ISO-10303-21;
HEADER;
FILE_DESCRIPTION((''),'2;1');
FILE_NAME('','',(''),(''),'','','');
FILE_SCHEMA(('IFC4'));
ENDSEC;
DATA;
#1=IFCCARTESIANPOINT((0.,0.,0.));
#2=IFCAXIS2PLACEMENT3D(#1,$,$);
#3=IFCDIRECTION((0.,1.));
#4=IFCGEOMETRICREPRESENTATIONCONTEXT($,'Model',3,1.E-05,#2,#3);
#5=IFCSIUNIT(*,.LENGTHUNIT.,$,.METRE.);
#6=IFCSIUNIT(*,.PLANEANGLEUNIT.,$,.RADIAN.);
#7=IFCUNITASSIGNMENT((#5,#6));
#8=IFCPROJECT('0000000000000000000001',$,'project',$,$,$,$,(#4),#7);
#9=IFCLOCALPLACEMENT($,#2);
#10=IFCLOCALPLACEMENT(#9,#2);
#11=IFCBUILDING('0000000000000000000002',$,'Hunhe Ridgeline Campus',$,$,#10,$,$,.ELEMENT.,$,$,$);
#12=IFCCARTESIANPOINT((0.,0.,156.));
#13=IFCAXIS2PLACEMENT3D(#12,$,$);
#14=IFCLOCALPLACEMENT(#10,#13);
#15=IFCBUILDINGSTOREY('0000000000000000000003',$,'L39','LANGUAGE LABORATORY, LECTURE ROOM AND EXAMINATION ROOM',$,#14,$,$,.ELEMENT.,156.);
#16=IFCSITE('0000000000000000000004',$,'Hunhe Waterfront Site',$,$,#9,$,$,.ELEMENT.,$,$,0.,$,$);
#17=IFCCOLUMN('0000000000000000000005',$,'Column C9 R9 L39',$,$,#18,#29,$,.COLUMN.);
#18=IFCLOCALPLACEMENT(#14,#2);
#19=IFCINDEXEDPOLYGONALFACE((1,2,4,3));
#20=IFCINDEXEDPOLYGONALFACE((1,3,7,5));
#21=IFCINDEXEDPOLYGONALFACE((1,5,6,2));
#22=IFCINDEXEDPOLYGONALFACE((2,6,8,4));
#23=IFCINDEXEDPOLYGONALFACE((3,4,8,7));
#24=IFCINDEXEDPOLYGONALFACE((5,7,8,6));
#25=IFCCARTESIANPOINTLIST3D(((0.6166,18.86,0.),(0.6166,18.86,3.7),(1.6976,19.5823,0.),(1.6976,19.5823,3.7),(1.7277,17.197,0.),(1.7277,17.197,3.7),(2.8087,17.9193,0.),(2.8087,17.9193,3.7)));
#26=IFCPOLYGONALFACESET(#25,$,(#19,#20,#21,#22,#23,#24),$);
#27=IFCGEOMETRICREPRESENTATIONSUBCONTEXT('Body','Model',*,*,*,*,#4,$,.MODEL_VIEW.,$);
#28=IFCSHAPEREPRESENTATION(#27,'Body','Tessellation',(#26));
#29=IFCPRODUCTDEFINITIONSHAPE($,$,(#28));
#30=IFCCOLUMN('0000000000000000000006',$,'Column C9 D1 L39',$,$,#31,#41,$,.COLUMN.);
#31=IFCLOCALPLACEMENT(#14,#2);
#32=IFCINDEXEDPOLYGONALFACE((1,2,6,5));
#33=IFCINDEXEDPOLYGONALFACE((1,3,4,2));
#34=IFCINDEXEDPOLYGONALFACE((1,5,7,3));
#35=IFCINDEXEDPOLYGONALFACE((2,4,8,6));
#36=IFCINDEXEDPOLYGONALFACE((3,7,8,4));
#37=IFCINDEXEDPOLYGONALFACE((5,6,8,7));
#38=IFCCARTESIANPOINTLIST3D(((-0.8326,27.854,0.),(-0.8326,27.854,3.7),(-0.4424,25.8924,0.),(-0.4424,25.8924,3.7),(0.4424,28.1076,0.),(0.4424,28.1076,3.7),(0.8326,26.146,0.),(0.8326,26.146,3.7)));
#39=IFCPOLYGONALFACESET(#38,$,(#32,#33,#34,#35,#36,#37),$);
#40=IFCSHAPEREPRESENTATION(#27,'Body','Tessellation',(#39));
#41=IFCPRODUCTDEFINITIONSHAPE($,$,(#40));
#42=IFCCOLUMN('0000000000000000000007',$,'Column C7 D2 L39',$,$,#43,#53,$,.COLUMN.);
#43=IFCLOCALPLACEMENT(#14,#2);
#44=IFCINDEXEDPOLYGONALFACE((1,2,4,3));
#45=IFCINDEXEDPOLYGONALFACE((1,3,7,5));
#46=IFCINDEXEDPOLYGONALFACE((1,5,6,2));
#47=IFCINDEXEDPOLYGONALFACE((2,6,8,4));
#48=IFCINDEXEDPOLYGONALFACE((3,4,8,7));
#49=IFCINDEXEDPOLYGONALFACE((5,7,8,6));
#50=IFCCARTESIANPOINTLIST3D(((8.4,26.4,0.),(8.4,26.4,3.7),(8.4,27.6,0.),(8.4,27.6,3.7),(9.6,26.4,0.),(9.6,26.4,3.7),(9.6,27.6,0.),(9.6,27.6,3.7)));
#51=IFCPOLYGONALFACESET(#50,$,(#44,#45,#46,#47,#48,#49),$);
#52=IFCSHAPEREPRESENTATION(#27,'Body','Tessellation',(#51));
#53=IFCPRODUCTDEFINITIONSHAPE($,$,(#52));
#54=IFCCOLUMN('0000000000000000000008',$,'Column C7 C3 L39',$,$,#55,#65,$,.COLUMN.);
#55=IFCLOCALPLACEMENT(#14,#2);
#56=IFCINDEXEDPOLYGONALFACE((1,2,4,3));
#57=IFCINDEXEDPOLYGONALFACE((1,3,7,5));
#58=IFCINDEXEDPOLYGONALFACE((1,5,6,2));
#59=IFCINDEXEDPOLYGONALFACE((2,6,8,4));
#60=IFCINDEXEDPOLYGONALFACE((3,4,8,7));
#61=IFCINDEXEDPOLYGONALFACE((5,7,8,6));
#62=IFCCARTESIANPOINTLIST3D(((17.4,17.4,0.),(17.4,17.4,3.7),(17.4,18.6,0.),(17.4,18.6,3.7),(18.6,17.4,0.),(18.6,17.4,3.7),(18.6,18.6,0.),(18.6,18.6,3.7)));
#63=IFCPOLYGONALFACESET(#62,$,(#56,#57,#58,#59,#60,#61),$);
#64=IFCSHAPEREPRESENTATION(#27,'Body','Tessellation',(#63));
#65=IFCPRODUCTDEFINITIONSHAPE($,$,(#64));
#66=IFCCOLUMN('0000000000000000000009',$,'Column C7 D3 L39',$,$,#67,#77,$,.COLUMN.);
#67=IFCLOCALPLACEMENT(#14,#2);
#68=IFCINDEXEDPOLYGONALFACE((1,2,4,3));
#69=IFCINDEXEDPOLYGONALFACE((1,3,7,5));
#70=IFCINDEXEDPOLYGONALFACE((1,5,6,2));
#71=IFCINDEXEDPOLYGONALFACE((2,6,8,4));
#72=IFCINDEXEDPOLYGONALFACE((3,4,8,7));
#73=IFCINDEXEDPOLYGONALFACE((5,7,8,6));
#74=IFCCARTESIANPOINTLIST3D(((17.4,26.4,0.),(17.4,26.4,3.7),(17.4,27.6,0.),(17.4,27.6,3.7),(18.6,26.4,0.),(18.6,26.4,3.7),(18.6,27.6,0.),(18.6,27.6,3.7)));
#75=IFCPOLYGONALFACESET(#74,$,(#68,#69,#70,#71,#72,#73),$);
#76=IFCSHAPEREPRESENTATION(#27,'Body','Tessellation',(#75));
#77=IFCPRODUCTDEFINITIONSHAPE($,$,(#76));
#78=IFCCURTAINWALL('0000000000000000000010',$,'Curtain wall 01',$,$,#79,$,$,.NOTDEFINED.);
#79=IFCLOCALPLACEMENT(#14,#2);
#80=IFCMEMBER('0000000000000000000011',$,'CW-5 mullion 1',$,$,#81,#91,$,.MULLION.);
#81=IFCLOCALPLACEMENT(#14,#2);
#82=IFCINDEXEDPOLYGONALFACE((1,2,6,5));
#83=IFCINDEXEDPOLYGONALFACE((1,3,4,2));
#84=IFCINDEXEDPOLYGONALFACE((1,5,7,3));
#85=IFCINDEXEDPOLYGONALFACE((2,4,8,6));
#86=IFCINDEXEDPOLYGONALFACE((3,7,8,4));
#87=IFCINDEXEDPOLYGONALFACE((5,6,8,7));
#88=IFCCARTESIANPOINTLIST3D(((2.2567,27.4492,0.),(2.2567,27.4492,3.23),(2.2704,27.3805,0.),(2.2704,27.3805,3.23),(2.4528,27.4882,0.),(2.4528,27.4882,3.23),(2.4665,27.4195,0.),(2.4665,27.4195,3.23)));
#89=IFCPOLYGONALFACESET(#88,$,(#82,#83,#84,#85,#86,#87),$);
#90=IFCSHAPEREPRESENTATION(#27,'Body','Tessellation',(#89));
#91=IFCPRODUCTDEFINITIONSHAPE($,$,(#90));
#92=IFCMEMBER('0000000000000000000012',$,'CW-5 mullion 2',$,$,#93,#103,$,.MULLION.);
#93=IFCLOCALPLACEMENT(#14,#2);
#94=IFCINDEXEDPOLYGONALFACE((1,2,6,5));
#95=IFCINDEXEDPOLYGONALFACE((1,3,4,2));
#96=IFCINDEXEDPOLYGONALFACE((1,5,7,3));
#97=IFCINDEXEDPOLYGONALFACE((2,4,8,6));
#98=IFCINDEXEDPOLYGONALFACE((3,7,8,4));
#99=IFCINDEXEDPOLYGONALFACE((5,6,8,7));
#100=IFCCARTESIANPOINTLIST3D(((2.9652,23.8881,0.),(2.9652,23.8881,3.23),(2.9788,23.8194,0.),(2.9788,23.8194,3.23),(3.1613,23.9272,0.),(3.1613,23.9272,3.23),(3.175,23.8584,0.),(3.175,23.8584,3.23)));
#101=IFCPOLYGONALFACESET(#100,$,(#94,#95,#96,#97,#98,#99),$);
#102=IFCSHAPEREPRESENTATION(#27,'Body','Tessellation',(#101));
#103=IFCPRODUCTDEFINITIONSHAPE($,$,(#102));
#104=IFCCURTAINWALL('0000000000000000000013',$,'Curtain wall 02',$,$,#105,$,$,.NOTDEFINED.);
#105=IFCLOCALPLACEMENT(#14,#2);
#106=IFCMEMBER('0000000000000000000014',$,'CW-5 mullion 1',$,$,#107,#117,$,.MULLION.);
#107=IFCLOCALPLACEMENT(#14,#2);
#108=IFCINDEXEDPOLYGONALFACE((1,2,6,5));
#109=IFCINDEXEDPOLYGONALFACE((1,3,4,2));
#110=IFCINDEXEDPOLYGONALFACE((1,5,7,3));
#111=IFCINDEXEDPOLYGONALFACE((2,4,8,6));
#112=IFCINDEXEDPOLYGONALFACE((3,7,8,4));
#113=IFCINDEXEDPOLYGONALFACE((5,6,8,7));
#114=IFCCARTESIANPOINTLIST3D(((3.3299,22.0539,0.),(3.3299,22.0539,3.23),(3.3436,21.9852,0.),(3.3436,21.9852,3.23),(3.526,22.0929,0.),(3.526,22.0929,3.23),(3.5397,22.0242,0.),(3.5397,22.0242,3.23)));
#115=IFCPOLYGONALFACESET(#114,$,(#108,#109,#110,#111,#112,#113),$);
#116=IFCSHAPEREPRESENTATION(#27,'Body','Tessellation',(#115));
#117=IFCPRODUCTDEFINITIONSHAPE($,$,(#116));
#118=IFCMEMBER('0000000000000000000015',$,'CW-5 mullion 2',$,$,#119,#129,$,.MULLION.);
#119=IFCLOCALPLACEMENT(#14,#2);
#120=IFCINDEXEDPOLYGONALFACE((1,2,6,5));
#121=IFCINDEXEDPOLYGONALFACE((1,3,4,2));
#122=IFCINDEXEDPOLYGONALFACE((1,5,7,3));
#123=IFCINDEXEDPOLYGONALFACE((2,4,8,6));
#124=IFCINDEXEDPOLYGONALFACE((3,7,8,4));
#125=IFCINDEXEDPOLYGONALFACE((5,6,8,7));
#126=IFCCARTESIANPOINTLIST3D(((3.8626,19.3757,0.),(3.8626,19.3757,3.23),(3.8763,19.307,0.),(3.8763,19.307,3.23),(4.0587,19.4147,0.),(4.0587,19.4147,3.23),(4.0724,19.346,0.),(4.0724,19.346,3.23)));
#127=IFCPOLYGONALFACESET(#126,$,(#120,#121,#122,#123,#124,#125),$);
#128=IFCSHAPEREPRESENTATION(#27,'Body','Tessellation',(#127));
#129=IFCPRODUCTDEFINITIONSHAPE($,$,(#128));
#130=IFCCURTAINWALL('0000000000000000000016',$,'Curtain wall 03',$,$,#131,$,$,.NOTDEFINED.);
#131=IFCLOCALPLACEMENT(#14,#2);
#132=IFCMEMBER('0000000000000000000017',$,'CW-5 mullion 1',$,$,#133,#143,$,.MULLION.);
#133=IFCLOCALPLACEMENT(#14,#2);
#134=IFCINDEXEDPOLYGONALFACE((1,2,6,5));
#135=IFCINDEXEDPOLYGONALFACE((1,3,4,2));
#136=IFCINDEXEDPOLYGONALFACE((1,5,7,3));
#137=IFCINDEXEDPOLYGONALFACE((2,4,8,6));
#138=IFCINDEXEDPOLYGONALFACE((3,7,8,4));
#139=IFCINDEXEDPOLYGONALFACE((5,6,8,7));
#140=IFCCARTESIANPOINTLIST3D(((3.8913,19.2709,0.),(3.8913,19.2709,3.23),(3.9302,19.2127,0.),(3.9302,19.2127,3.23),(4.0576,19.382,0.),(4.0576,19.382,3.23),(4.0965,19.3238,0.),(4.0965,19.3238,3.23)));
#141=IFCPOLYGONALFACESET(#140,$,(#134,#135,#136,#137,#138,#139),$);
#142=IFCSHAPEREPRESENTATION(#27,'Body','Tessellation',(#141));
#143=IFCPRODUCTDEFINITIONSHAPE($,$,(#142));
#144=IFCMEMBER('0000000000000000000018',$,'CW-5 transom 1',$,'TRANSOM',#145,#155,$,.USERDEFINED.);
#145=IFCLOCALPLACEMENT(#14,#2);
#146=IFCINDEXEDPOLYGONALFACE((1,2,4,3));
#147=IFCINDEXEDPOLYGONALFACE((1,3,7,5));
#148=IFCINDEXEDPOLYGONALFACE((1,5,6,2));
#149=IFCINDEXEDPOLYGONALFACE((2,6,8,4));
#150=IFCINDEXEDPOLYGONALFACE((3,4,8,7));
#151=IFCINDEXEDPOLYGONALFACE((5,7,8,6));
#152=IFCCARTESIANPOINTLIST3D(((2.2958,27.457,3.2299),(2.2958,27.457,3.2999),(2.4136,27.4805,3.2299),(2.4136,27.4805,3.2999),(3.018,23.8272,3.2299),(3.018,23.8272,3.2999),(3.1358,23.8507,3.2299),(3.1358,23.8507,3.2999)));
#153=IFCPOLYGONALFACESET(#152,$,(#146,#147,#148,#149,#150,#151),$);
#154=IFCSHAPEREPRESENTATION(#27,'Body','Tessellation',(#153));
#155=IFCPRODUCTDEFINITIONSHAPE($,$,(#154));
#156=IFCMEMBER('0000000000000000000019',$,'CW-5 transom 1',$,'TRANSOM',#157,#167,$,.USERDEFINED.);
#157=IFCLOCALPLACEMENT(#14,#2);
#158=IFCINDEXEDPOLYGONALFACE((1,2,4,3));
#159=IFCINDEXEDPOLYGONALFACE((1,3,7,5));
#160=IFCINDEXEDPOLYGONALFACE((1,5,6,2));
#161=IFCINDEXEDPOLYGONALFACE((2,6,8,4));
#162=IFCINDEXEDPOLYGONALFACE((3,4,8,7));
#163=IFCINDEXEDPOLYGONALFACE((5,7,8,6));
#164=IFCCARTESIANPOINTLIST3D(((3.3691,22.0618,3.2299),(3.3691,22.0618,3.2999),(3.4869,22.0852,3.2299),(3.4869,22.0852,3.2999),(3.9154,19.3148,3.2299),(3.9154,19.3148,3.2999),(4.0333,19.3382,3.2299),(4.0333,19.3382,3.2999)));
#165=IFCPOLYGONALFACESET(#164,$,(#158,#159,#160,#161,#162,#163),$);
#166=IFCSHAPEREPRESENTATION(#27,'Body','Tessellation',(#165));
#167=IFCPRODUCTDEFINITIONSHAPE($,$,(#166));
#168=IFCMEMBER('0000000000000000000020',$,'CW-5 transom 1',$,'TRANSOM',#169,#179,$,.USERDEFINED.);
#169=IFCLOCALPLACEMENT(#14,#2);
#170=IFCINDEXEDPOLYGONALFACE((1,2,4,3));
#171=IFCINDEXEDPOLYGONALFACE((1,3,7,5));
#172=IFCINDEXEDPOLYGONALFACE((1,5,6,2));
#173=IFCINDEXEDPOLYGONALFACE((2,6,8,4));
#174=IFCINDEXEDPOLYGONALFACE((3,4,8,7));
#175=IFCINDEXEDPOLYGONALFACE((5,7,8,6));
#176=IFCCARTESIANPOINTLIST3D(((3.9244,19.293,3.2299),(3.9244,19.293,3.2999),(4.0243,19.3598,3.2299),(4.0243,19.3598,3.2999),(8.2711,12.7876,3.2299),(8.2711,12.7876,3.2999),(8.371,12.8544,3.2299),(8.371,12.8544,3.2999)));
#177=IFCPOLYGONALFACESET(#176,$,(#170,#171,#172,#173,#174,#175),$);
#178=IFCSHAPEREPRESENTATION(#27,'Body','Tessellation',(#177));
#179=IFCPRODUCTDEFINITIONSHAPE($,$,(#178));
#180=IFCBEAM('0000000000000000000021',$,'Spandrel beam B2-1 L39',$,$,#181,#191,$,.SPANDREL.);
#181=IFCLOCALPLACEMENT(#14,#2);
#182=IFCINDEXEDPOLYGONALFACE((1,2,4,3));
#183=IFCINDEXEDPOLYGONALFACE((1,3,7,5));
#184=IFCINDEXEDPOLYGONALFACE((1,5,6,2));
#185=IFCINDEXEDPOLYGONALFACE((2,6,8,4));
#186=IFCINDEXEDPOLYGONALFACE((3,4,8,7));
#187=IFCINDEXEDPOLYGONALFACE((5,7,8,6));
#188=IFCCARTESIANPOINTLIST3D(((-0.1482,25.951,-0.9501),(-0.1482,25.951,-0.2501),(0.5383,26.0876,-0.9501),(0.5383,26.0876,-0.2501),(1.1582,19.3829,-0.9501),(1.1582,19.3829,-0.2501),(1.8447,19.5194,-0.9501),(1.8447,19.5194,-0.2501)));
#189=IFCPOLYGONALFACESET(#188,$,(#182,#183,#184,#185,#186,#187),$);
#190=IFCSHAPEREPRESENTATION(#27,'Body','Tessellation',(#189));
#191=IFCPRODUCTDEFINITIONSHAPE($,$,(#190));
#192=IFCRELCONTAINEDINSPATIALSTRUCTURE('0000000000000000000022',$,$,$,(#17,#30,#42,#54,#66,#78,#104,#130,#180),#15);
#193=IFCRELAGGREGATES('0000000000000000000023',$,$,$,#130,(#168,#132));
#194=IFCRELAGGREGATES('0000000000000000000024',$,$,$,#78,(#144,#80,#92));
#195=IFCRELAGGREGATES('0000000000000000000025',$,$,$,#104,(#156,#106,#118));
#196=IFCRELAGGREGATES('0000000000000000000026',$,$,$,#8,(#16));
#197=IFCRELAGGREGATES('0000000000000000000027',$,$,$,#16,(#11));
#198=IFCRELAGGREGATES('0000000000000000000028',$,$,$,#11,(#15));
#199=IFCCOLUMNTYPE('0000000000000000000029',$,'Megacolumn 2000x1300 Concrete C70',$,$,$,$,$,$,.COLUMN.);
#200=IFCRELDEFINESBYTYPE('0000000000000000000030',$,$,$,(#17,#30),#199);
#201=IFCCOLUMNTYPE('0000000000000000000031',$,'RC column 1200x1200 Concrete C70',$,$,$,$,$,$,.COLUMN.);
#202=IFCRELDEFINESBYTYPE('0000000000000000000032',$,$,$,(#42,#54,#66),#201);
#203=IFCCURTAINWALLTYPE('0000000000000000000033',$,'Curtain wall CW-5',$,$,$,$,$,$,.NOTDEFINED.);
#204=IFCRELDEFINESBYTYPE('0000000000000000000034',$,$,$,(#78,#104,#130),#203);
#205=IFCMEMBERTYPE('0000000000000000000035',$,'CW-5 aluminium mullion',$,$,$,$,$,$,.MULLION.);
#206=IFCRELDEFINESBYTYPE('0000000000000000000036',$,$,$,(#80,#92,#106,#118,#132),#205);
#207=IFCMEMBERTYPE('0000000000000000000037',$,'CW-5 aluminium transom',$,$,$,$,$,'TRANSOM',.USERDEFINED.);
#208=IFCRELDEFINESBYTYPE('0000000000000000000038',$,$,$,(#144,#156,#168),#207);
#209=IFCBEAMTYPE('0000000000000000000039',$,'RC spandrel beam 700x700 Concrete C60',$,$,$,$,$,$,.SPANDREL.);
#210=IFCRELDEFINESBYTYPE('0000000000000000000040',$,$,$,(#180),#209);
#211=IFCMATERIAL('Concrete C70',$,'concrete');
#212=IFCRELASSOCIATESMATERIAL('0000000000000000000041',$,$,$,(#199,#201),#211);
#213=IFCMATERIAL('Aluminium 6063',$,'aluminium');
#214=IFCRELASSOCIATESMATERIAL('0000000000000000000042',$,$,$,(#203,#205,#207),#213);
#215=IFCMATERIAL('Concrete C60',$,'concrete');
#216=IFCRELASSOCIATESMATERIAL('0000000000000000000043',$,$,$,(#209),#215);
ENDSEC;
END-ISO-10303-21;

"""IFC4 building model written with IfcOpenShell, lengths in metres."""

from ifc_helpers import new_model, si_unit, direction, frame, origin, origin_2d, place, context, subcontext, project, spatial, rectangle, extrude, material, material_profile, profile_set, type_object, element, aggregate, save


model = new_model("IFC4")

# Units and contexts
model_context = context("Model", 3, precision=1e-05, world=origin(), true_north=direction((0.0, 1.0)))
body_context = subcontext(model_context, "Body", "Model", "MODEL_VIEW")
ifc_project = project(units=[si_unit("LENGTHUNIT", "METRE"), si_unit("PLANEANGLEUNIT", "RADIAN")], contexts=[model_context])

# Site, building, storey
site_placement = place(None, origin())
site = spatial("IfcSite", under=ifc_project, at=site_placement, Name="Hunhe Waterfront Site", CompositionType="ELEMENT", RefElevation=0.0)
building_placement = place(site_placement, origin())
building = spatial("IfcBuilding", under=site, at=building_placement, Name="Hunhe Ridgeline Campus", CompositionType="ELEMENT")
storey_placement = place(building_placement, frame((0.0, 0.0, 156.0)))
storey = spatial("IfcBuildingStorey", under=building, at=storey_placement, Name="L39", Description="LANGUAGE LABORATORY, LECTURE ROOM AND EXAMINATION ROOM", CompositionType="ELEMENT", Elevation=156.0)

# Columns
ifc_material_1 = material(Name="Concrete C70", Category="concrete")
ifc_material_profile_1 = material_profile(ifc_material_1, rectangle(XDim=2.0, YDim=1.3, at=origin_2d()))
ifc_profile_set_1 = profile_set([ifc_material_profile_1], Name="Concrete C70")
column_type_1 = type_object("IfcColumnType", Name="Megacolumn 2000x1300 Concrete C70", PredefinedType="COLUMN", material=ifc_profile_set_1)
for number, where, z_axis, x_axis, name in (
    (1, (1.7126, 18.3896, 0.0), (0.0, 0.0, 1.0), (-0.55557, 0.83147, 0.0), "Column C9 R9 L39"),
    (2, (0.0, 27.0, 0.0), (0.0, 0.0, 1.0), (-0.19509, 0.980785, 0.0), "Column C9 D1 L39"),
):
    element("IfcColumn", number, at=place(storey_placement, frame(where, z_axis=z_axis, x_axis=x_axis)), inside=storey, type_object=column_type_1, Name=name, PredefinedType="COLUMN", context=body_context, shape_type="SweptSolid", body=[
        extrude(rectangle(XDim=2.0, YDim=1.3, at=origin_2d()), origin(), (0.0, 0.0, 1.0), 3.7),
    ])
ifc_material_profile_2 = material_profile(ifc_material_1, rectangle(XDim=1.2, YDim=1.2, at=origin_2d()))
ifc_profile_set_2 = profile_set([ifc_material_profile_2], Name="Concrete C70")
column_type_2 = type_object("IfcColumnType", Name="RC column 1200x1200 Concrete C70", PredefinedType="COLUMN", material=ifc_profile_set_2)
for number, where, z_axis, x_axis, name in (
    (3, (9.0, 27.0, 0.0), (0.0, 0.0, 1.0), (1.0, 0.0, 0.0), "Column C7 D2 L39"),
    (4, (18.0, 18.0, 0.0), (0.0, 0.0, 1.0), (1.0, 0.0, 0.0), "Column C7 C3 L39"),
    (5, (18.0, 27.0, 0.0), (0.0, 0.0, 1.0), (1.0, 0.0, 0.0), "Column C7 D3 L39"),
):
    element("IfcColumn", number, at=place(storey_placement, frame(where, z_axis=z_axis, x_axis=x_axis)), inside=storey, type_object=column_type_2, Name=name, PredefinedType="COLUMN", context=body_context, shape_type="SweptSolid", body=[
        extrude(rectangle(XDim=1.2, YDim=1.2, at=origin_2d()), origin(), (0.0, 0.0, 1.0), 3.7),
    ])

# Curtain walls, members
ifc_material_2 = material(Name="Aluminium 6063", Category="aluminium")
curtain_wall_type = type_object("IfcCurtainWallType", Name="Curtain wall CW-5", PredefinedType="NOTDEFINED", material=ifc_material_2)
curtain_wall_1_placement = place(storey_placement, origin())
curtain_wall_1 = element("IfcCurtainWall", 6, at=curtain_wall_1_placement, inside=storey, type_object=curtain_wall_type, Name="Curtain wall 01", PredefinedType="NOTDEFINED")
ifc_material_profile_3 = material_profile(ifc_material_2, rectangle(XDim=0.2, YDim=0.0701, at=origin_2d()))
ifc_profile_set_3 = profile_set([ifc_material_profile_3], Name="Aluminium 6063")
member_type_1 = type_object("IfcMemberType", Name="CW-5 aluminium mullion", PredefinedType="MULLION", material=ifc_profile_set_3)
member_1_placement = place(storey_placement, frame((2.3616, 27.4343, 0.0), z_axis=(0.0, 0.0, 1.0), x_axis=(0.980784, 0.195095, 0.0)))
member_1 = element("IfcMember", 7, at=member_1_placement, type_object=member_type_1, Name="CW-5 mullion 1", PredefinedType="MULLION", context=body_context, shape_type="SweptSolid", body=[
    extrude(rectangle(XDim=0.2, YDim=0.0701, at=origin_2d()), origin(), (0.0, 0.0, 1.0), 3.23),
])
member_2_placement = place(storey_placement, frame((3.0701, 23.8733, 0.0), z_axis=(0.0, 0.0, 1.0), x_axis=(0.980784, 0.195095, 0.0)))
member_2 = element("IfcMember", 8, at=member_2_placement, type_object=member_type_1, Name="CW-5 mullion 2", PredefinedType="MULLION", context=body_context, shape_type="SweptSolid", body=[
    extrude(rectangle(XDim=0.2, YDim=0.0701, at=origin_2d()), origin(), (0.0, 0.0, 1.0), 3.23),
])
curtain_wall_2_placement = place(storey_placement, origin())
curtain_wall_2 = element("IfcCurtainWall", 9, at=curtain_wall_2_placement, inside=storey, type_object=curtain_wall_type, Name="Curtain wall 02", PredefinedType="NOTDEFINED")
member_3_placement = place(storey_placement, frame((3.4348, 22.0391, 0.0), z_axis=(0.0, 0.0, 1.0), x_axis=(0.980784, 0.195095, 0.0)))
member_3 = element("IfcMember", 10, at=member_3_placement, type_object=member_type_1, Name="CW-5 mullion 1", PredefinedType="MULLION", context=body_context, shape_type="SweptSolid", body=[
    extrude(rectangle(XDim=0.2, YDim=0.0701, at=origin_2d()), origin(), (0.0, 0.0, 1.0), 3.23),
])
member_4_placement = place(storey_placement, frame((3.9675, 19.3608, 0.0), z_axis=(0.0, 0.0, 1.0), x_axis=(0.980784, 0.195095, 0.0)))
member_4 = element("IfcMember", 11, at=member_4_placement, type_object=member_type_1, Name="CW-5 mullion 2", PredefinedType="MULLION", context=body_context, shape_type="SweptSolid", body=[
    extrude(rectangle(XDim=0.2, YDim=0.0701, at=origin_2d()), origin(), (0.0, 0.0, 1.0), 3.23),
])

# Curtain wall, member
curtain_wall_3_placement = place(storey_placement, origin())
curtain_wall_3 = element("IfcCurtainWall", 12, at=curtain_wall_3_placement, inside=storey, type_object=curtain_wall_type, Name="Curtain wall 03", PredefinedType="NOTDEFINED")
member_5_placement = place(storey_placement, frame((3.9939, 19.2974, 0.0), z_axis=(0.0, 0.0, 1.0), x_axis=(0.83147, 0.55557, 0.0)))
member_5 = element("IfcMember", 13, at=member_5_placement, type_object=member_type_1, Name="CW-5 mullion 1", PredefinedType="MULLION", context=body_context, shape_type="SweptSolid", body=[
    extrude(rectangle(XDim=0.2, YDim=0.0701, at=origin_2d()), origin(), (0.0, 0.0, 1.0), 3.23),
])

# Members
ifc_material_profile_4 = material_profile(ifc_material_2, rectangle(XDim=0.1201, YDim=0.0701, at=origin_2d()))
ifc_profile_set_4 = profile_set([ifc_material_profile_4], Name="Aluminium 6063")
member_type_2 = type_object("IfcMemberType", Name="CW-5 aluminium transom", ElementType="TRANSOM", PredefinedType="USERDEFINED", material=ifc_profile_set_4)
member_6_placement = place(storey_placement, frame((2.3547, 27.4688, 3.2649), z_axis=(0.195127, -0.980778, 0.0), x_axis=(0.980778, 0.195127, 0.0)))
member_6 = element("IfcMember", 14, at=member_6_placement, type_object=member_type_2, Name="CW-5 transom 1", ObjectType="TRANSOM", PredefinedType="USERDEFINED", context=body_context, shape_type="SweptSolid", body=[
    extrude(rectangle(XDim=0.1201, YDim=0.0701, at=origin_2d()), origin(), (0.0, 0.0, 1.0), 3.7009),
])
member_7_placement = place(storey_placement, frame((3.428, 22.0735, 3.2649), z_axis=(0.195077, -0.980788, 0.0), x_axis=(0.980788, 0.195077, 0.0)))
member_7 = element("IfcMember", 15, at=member_7_placement, type_object=member_type_2, Name="CW-5 transom 1", ObjectType="TRANSOM", PredefinedType="USERDEFINED", context=body_context, shape_type="SweptSolid", body=[
    extrude(rectangle(XDim=0.1201, YDim=0.0701, at=origin_2d()), origin(), (0.0, 0.0, 1.0), 2.8008),
])
member_8_placement = place(storey_placement, frame((3.9744, 19.3264, 3.2649), z_axis=(0.555564, -0.831474, 0.0), x_axis=(0.831474, 0.555564, 0.0)))
member_8 = element("IfcMember", 16, at=member_8_placement, type_object=member_type_2, Name="CW-5 transom 1", ObjectType="TRANSOM", PredefinedType="USERDEFINED", context=body_context, shape_type="SweptSolid", body=[
    extrude(rectangle(XDim=0.1201, YDim=0.0701, at=origin_2d()), origin(), (0.0, 0.0, 1.0), 7.824),
])
aggregate(curtain_wall_3, [member_8, member_5])

# Beam
ifc_material_3 = material(Name="Concrete C60", Category="concrete")
ifc_material_profile_5 = material_profile(ifc_material_3, rectangle(XDim=0.7, YDim=0.7, at=origin_2d()))
ifc_profile_set_5 = profile_set([ifc_material_profile_5], Name="Concrete C60")
beam_type = type_object("IfcBeamType", Name="RC spandrel beam 700x700 Concrete C60", PredefinedType="SPANDREL", material=ifc_profile_set_5)
beam_placement = place(storey_placement, frame((0.1951, 26.0193, -0.6001), z_axis=(0.195078, -0.980788, 0.0), x_axis=(0.980788, 0.195078, 0.0)))
element("IfcBeam", 17, at=beam_placement, inside=storey, type_object=beam_type, Name="Spandrel beam B2-1 L39", PredefinedType="SPANDREL", context=body_context, shape_type="SweptSolid", body=[
    extrude(rectangle(XDim=0.7, YDim=0.7, at=origin_2d()), origin(), (0.0, 0.0, 1.0), 6.6968),
])

aggregate(curtain_wall_1, [member_6, member_1, member_2])
aggregate(curtain_wall_2, [member_7, member_3, member_4])

save(model, "model.ifc")
